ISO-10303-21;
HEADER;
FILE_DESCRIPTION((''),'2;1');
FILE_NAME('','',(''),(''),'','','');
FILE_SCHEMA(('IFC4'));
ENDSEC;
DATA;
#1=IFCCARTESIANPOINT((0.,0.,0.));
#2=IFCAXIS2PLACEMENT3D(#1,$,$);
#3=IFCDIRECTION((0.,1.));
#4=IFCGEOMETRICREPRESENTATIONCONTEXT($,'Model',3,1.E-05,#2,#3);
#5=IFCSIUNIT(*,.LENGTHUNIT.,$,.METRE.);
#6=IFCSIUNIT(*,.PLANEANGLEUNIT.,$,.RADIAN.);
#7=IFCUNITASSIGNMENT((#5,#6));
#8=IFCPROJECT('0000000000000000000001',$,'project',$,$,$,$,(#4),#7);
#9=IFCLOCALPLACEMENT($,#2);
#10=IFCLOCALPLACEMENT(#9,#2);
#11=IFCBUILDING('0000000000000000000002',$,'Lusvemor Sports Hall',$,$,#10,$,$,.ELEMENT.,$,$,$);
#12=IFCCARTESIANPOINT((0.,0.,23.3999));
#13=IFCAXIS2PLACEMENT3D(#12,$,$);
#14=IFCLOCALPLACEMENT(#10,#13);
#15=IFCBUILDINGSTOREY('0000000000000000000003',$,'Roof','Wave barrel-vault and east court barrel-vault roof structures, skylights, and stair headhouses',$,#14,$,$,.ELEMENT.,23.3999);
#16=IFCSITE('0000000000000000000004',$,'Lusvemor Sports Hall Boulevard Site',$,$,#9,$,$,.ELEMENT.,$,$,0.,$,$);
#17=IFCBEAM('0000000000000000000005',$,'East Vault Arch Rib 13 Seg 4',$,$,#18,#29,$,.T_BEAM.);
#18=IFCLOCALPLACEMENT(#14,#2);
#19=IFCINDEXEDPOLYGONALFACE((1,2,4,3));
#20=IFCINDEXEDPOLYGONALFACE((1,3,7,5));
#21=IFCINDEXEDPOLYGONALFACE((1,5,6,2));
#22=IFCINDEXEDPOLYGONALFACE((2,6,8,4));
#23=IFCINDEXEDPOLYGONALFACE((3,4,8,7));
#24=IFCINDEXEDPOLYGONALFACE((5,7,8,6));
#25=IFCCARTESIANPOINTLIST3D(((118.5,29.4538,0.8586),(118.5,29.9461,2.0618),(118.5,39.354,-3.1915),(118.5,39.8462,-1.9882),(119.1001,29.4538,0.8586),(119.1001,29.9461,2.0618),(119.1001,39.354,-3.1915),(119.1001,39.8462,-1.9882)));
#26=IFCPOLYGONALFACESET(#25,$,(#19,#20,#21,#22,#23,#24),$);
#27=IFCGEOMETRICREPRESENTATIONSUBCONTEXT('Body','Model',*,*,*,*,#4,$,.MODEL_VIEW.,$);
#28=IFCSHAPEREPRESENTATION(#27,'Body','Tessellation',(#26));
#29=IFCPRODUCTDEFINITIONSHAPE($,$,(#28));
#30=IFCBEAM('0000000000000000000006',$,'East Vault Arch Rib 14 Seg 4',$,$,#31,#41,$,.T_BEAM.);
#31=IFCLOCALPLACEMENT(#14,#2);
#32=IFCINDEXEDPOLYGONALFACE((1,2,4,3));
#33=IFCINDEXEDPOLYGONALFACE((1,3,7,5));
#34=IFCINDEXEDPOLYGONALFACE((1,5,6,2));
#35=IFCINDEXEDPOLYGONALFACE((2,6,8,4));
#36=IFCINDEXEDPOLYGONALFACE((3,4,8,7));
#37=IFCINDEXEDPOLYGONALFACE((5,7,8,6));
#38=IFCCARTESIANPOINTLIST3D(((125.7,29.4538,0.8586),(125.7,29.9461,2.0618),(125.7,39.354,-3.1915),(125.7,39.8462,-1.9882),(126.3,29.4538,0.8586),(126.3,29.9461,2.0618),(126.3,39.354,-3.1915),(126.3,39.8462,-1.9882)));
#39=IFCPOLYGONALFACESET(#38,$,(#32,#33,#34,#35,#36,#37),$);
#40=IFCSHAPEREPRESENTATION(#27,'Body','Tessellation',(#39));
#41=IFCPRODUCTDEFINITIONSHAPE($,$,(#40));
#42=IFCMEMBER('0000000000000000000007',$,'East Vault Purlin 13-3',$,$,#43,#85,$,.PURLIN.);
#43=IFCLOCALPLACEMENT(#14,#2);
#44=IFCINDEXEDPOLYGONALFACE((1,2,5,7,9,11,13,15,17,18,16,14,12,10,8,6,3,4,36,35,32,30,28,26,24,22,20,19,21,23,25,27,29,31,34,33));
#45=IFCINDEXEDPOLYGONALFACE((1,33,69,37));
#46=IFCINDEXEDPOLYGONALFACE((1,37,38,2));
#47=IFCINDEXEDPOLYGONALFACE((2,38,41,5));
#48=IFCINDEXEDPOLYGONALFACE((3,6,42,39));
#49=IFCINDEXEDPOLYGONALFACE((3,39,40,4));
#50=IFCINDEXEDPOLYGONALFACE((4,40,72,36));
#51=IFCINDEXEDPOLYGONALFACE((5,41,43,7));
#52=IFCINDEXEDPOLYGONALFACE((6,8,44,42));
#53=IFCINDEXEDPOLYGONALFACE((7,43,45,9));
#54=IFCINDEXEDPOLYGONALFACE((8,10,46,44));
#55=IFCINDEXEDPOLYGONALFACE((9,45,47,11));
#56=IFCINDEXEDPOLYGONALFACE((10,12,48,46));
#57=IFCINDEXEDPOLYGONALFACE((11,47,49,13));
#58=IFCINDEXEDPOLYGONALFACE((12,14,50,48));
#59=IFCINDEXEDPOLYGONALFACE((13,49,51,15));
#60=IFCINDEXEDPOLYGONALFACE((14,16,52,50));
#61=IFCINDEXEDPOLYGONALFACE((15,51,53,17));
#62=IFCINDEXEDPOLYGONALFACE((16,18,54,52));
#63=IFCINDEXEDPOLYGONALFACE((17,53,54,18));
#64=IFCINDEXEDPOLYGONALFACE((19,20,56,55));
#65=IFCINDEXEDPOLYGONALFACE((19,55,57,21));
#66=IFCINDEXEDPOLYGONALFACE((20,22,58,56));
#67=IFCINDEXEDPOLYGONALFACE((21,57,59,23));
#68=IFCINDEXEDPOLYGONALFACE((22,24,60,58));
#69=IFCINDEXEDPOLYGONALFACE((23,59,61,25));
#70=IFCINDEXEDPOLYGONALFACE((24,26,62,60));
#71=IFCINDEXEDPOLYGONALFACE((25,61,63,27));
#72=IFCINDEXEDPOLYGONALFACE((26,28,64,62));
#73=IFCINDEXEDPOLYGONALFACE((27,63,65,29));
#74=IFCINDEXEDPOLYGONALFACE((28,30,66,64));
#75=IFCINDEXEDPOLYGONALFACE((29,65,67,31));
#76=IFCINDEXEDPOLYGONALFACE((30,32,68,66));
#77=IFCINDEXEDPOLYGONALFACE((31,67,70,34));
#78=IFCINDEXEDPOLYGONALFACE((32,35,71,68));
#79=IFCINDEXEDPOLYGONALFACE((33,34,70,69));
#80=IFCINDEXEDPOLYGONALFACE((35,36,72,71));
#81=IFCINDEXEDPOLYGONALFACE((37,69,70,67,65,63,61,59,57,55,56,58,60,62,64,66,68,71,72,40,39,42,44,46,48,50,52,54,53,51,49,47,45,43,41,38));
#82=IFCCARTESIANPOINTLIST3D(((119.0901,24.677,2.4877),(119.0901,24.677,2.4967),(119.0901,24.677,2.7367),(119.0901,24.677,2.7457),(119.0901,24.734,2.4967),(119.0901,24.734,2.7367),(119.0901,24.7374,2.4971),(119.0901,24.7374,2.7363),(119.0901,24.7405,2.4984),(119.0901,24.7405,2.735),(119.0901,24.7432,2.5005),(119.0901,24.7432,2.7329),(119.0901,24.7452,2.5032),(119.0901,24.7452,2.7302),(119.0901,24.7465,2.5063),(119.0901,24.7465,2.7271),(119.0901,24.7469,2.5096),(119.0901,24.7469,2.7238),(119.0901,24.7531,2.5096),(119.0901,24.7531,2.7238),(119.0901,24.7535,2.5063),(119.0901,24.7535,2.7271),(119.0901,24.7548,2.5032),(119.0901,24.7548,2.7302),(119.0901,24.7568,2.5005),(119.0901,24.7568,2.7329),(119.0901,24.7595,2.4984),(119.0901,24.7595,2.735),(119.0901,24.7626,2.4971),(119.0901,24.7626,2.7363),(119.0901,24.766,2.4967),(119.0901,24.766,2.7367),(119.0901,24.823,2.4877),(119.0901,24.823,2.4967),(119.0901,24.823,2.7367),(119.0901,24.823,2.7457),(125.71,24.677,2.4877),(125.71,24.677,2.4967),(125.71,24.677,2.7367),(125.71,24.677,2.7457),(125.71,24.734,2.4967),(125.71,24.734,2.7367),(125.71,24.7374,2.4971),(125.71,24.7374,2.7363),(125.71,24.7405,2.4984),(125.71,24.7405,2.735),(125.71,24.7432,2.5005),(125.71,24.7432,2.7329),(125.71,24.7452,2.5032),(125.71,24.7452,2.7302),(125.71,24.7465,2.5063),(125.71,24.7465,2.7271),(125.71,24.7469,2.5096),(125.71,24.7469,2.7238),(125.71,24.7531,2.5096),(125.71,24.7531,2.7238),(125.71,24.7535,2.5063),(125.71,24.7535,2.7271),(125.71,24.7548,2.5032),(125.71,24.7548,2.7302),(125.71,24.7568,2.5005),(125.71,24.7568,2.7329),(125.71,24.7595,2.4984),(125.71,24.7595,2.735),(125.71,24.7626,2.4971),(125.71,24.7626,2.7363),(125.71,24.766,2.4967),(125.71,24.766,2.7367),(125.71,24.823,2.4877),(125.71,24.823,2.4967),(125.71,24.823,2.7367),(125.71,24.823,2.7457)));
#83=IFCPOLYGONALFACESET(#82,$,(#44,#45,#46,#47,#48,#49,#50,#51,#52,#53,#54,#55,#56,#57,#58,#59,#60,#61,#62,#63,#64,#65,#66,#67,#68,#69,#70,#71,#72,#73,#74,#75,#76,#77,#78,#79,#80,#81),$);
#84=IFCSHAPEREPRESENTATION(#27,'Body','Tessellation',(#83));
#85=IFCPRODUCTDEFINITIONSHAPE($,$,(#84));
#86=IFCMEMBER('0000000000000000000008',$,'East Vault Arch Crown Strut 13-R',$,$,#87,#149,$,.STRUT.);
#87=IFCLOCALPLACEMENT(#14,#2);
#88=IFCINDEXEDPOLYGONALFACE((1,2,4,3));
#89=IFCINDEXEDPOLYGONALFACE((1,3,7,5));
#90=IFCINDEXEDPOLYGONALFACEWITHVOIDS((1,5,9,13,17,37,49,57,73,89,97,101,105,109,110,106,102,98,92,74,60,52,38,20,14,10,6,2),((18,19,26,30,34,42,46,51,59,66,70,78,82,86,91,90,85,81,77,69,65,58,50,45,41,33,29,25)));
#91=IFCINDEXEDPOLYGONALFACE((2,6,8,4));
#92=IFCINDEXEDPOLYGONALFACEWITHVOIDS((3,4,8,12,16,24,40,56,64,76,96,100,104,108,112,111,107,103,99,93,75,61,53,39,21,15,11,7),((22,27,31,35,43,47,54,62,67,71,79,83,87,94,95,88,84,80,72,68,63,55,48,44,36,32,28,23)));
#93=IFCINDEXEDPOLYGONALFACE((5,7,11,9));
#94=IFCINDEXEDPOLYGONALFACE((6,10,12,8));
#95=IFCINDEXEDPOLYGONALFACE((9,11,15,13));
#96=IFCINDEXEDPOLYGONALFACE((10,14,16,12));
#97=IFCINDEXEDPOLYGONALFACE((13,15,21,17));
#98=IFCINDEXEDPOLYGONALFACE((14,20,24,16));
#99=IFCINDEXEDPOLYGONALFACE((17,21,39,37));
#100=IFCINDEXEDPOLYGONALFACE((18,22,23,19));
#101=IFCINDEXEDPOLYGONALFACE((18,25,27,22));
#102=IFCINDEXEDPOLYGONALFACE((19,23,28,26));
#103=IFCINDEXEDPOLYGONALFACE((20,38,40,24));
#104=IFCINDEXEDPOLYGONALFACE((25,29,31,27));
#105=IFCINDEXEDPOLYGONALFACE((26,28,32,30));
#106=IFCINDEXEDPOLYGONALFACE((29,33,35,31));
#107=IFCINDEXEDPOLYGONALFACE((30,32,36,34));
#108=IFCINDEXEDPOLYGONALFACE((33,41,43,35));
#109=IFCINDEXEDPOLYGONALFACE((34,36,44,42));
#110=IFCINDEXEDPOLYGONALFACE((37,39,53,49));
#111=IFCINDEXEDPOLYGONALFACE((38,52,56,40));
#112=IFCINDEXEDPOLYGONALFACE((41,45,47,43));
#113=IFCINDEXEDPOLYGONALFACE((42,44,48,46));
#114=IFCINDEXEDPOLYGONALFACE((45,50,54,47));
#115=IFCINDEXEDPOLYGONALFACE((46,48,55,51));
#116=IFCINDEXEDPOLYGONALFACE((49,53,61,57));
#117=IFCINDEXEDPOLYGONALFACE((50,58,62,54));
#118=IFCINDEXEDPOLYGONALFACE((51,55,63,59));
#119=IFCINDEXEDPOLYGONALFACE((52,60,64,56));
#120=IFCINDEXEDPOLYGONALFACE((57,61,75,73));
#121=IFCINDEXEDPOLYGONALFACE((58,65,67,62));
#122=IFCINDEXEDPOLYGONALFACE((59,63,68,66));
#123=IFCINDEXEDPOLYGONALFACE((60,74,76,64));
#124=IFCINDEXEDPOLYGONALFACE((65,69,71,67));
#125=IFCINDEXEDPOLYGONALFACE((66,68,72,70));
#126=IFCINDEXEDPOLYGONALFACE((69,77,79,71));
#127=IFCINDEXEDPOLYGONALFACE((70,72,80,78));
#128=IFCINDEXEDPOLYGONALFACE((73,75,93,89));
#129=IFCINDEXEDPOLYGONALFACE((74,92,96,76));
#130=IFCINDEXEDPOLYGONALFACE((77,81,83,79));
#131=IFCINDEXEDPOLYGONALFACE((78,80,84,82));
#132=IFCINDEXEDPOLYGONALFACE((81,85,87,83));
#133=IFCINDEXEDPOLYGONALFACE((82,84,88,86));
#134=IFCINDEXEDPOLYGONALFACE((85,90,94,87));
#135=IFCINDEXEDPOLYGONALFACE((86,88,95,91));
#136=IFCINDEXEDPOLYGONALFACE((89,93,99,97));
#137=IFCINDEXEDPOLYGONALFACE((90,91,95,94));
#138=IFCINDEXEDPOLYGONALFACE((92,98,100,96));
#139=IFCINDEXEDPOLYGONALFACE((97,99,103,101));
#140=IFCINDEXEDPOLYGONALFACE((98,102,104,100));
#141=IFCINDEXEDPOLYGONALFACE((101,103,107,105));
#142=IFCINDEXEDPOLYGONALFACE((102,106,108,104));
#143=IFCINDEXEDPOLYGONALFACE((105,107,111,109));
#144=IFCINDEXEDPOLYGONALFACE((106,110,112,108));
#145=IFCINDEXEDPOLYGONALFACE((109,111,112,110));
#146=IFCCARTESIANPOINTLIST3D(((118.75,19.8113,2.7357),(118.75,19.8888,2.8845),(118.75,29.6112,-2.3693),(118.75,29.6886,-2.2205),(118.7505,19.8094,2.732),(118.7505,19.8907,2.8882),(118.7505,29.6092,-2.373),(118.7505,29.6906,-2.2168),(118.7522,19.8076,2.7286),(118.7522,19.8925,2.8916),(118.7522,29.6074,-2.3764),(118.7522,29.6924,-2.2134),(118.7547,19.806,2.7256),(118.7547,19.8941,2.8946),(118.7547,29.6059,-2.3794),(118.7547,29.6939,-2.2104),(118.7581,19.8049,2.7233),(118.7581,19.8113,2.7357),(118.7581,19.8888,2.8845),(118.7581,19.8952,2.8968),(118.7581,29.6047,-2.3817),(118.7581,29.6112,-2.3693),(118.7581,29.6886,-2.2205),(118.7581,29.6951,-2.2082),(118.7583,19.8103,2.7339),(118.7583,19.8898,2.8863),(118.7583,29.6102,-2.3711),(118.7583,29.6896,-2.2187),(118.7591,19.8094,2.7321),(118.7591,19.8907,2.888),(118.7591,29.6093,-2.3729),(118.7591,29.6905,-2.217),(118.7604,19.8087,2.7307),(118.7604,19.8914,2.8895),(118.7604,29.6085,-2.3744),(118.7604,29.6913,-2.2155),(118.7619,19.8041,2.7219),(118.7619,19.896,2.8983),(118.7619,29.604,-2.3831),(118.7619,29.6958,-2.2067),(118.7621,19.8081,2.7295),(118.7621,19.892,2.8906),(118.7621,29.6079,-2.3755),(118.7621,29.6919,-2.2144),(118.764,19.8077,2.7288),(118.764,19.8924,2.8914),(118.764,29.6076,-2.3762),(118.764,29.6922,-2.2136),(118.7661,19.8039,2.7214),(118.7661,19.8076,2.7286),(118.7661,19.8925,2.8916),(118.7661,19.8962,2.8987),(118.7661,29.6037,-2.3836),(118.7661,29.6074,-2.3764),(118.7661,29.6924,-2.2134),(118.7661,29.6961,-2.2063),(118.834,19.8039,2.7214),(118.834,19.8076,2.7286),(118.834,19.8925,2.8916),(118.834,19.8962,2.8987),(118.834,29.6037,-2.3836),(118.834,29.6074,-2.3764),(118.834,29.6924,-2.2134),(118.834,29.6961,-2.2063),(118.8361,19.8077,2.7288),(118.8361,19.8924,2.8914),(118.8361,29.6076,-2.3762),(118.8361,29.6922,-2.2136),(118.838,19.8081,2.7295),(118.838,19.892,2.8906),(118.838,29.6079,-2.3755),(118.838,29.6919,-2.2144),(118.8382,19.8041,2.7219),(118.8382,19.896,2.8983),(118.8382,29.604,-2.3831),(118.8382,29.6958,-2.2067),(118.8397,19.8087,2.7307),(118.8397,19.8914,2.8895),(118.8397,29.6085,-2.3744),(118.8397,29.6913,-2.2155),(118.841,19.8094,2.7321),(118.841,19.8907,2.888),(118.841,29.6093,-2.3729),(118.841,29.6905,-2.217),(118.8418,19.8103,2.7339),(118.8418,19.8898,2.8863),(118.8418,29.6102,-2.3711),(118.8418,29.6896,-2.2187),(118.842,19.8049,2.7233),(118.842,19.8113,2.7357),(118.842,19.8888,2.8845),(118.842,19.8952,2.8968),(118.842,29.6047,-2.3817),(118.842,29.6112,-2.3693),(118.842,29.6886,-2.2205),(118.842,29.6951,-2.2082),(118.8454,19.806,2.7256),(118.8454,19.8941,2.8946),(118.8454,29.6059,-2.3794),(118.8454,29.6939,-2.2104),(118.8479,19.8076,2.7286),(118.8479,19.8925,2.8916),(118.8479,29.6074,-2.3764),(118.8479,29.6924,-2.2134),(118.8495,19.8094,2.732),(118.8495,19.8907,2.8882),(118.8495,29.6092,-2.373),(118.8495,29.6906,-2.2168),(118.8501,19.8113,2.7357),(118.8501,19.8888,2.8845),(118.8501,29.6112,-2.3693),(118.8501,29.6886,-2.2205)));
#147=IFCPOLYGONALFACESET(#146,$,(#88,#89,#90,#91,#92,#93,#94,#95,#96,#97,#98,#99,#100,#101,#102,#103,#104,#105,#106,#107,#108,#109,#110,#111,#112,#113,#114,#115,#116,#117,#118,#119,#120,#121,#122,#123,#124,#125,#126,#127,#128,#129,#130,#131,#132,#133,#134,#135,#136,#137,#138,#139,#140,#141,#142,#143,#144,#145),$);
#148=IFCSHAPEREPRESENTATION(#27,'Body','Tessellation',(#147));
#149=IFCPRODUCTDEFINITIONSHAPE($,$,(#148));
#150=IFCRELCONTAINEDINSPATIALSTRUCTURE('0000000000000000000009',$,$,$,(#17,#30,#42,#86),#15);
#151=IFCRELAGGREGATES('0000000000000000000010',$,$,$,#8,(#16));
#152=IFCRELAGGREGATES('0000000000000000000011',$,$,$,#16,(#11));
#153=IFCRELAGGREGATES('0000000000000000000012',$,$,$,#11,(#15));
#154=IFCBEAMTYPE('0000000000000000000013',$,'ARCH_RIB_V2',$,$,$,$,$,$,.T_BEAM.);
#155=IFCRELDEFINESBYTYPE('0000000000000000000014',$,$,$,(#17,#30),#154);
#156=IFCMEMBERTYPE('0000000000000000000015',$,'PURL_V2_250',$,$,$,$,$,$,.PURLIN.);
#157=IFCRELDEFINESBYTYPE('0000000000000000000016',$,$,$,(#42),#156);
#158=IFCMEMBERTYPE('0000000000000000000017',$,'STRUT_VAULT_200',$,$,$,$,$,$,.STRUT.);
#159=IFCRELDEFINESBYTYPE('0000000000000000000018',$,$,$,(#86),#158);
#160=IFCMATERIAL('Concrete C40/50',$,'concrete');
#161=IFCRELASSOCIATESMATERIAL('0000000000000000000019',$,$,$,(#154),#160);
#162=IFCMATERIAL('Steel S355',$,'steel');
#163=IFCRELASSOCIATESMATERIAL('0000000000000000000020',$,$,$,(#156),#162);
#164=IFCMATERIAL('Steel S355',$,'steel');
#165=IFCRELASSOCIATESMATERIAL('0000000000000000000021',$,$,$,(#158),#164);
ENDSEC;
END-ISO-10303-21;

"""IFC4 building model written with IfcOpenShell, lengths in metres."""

from ifc_helpers import new_model, si_unit, direction, frame, origin, origin_2d, place, context, subcontext, project, spatial, rectangle, hollow_rectangle, i_section, extrude, material, material_profile, profile_set, type_object, element, save


model = new_model("IFC4")

# Units and contexts
model_context = context("Model", 3, precision=1e-05, world=origin(), true_north=direction((0.0, 1.0)))
body_context = subcontext(model_context, "Body", "Model", "MODEL_VIEW")
ifc_project = project(units=[si_unit("LENGTHUNIT", "METRE"), si_unit("PLANEANGLEUNIT", "RADIAN")], contexts=[model_context])

# Site, building, storey
site_placement = place(None, origin())
site = spatial("IfcSite", under=ifc_project, at=site_placement, Name="Lusvemor Sports Hall Boulevard Site", CompositionType="ELEMENT", RefElevation=0.0)
building_placement = place(site_placement, origin())
building = spatial("IfcBuilding", under=site, at=building_placement, Name="Lusvemor Sports Hall", CompositionType="ELEMENT")
storey_placement = place(building_placement, frame((0.0, 0.0, 23.3999)))
storey = spatial("IfcBuildingStorey", under=building, at=storey_placement, Name="Roof", Description="Wave barrel-vault and east court barrel-vault roof structures, skylights, and stair headhouses", CompositionType="ELEMENT", Elevation=23.3999)

# Beams
ifc_material_1 = material(Name="Concrete C40/50", Category="concrete")
ifc_material_profile_1 = material_profile(ifc_material_1, rectangle(XDim=0.6001, YDim=1.3, at=origin_2d()), Name="RC600x1300")
ifc_profile_set_1 = profile_set([ifc_material_profile_1], Name="Concrete C40/50")
beam_type = type_object("IfcBeamType", Name="ARCH_RIB_V2", PredefinedType="T_BEAM", material=ifc_profile_set_1)
for number, where, z_axis, x_axis, name in (
    (1, (118.8, 29.7, 1.4602), (0.0, 0.925547, -0.378632), (-1.0, 0.0, 0.0), "East Vault Arch Rib 13 Seg 4"),
    (2, (126.0, 29.7, 1.4602), (0.0, 0.925547, -0.378632), (-1.0, 0.0, 0.0), "East Vault Arch Rib 14 Seg 4"),
):
    element("IfcBeam", number, at=place(storey_placement, frame(where, z_axis=z_axis, x_axis=x_axis)), inside=storey, type_object=beam_type, Name=name, PredefinedType="T_BEAM", context=body_context, shape_type="SweptSolid", body=[
        extrude(rectangle(XDim=0.6001, YDim=1.3, at=origin_2d()), origin(), (0.0, 0.0, 1.0), 10.6965),
    ])

# Members
ifc_material_2 = material(Name="Steel S355", Category="steel")
ifc_material_profile_2 = material_profile(ifc_material_2, i_section(OverallWidth=0.146, OverallDepth=0.2581, WebThickness=0.0061, FlangeThickness=0.009, FilletRadius=0.0129, at=origin_2d()), Name="W250x32.7")
ifc_profile_set_2 = profile_set([ifc_material_profile_2], Name="Steel S355")
member_type_1 = type_object("IfcMemberType", Name="PURL_V2_250", PredefinedType="PURLIN", material=ifc_profile_set_2)
member_1_placement = place(storey_placement, frame((119.0901, 24.75, 2.6167), z_axis=(1.0, 0.0, 0.0), x_axis=(0.0, 1.0, 0.0)))
element("IfcMember", 3, at=member_1_placement, inside=storey, type_object=member_type_1, Name="East Vault Purlin 13-3", PredefinedType="PURLIN", context=body_context, shape_type="SweptSolid", body=[
    extrude(i_section(OverallWidth=0.146, OverallDepth=0.2581, WebThickness=0.0061, FlangeThickness=0.009, FilletRadius=0.0129, at=origin_2d()), origin(), (0.0, 0.0, 1.0), 6.6199),
])
ifc_material_3 = material(Name="Steel S355", Category="steel")
ifc_material_profile_3 = material_profile(ifc_material_3, hollow_rectangle(XDim=0.1001, YDim=0.2, WallThickness=0.0081, InnerFilletRadius=0.0081, OuterFilletRadius=0.0161, at=origin_2d()), Name="RHS200x100x8")
ifc_profile_set_3 = profile_set([ifc_material_profile_3], Name="Steel S355")
member_type_2 = type_object("IfcMemberType", Name="STRUT_VAULT_200", PredefinedType="STRUT", material=ifc_profile_set_3)
member_2_placement = place(storey_placement, frame((118.8, 29.6499, -2.2949), z_axis=(0.0, -0.88688, 0.462), x_axis=(1.0, 0.0, 0.0)))
element("IfcMember", 4, at=member_2_placement, inside=storey, type_object=member_type_2, Name="East Vault Arch Crown Strut 13-R", PredefinedType="STRUT", context=body_context, shape_type="SweptSolid", body=[
    extrude(hollow_rectangle(XDim=0.1001, YDim=0.2, WallThickness=0.0081, InnerFilletRadius=0.0081, OuterFilletRadius=0.0161, at=origin_2d()), origin(), (0.0, 0.0, 1.0), 11.0498),
])

save(model, "model.ifc")
